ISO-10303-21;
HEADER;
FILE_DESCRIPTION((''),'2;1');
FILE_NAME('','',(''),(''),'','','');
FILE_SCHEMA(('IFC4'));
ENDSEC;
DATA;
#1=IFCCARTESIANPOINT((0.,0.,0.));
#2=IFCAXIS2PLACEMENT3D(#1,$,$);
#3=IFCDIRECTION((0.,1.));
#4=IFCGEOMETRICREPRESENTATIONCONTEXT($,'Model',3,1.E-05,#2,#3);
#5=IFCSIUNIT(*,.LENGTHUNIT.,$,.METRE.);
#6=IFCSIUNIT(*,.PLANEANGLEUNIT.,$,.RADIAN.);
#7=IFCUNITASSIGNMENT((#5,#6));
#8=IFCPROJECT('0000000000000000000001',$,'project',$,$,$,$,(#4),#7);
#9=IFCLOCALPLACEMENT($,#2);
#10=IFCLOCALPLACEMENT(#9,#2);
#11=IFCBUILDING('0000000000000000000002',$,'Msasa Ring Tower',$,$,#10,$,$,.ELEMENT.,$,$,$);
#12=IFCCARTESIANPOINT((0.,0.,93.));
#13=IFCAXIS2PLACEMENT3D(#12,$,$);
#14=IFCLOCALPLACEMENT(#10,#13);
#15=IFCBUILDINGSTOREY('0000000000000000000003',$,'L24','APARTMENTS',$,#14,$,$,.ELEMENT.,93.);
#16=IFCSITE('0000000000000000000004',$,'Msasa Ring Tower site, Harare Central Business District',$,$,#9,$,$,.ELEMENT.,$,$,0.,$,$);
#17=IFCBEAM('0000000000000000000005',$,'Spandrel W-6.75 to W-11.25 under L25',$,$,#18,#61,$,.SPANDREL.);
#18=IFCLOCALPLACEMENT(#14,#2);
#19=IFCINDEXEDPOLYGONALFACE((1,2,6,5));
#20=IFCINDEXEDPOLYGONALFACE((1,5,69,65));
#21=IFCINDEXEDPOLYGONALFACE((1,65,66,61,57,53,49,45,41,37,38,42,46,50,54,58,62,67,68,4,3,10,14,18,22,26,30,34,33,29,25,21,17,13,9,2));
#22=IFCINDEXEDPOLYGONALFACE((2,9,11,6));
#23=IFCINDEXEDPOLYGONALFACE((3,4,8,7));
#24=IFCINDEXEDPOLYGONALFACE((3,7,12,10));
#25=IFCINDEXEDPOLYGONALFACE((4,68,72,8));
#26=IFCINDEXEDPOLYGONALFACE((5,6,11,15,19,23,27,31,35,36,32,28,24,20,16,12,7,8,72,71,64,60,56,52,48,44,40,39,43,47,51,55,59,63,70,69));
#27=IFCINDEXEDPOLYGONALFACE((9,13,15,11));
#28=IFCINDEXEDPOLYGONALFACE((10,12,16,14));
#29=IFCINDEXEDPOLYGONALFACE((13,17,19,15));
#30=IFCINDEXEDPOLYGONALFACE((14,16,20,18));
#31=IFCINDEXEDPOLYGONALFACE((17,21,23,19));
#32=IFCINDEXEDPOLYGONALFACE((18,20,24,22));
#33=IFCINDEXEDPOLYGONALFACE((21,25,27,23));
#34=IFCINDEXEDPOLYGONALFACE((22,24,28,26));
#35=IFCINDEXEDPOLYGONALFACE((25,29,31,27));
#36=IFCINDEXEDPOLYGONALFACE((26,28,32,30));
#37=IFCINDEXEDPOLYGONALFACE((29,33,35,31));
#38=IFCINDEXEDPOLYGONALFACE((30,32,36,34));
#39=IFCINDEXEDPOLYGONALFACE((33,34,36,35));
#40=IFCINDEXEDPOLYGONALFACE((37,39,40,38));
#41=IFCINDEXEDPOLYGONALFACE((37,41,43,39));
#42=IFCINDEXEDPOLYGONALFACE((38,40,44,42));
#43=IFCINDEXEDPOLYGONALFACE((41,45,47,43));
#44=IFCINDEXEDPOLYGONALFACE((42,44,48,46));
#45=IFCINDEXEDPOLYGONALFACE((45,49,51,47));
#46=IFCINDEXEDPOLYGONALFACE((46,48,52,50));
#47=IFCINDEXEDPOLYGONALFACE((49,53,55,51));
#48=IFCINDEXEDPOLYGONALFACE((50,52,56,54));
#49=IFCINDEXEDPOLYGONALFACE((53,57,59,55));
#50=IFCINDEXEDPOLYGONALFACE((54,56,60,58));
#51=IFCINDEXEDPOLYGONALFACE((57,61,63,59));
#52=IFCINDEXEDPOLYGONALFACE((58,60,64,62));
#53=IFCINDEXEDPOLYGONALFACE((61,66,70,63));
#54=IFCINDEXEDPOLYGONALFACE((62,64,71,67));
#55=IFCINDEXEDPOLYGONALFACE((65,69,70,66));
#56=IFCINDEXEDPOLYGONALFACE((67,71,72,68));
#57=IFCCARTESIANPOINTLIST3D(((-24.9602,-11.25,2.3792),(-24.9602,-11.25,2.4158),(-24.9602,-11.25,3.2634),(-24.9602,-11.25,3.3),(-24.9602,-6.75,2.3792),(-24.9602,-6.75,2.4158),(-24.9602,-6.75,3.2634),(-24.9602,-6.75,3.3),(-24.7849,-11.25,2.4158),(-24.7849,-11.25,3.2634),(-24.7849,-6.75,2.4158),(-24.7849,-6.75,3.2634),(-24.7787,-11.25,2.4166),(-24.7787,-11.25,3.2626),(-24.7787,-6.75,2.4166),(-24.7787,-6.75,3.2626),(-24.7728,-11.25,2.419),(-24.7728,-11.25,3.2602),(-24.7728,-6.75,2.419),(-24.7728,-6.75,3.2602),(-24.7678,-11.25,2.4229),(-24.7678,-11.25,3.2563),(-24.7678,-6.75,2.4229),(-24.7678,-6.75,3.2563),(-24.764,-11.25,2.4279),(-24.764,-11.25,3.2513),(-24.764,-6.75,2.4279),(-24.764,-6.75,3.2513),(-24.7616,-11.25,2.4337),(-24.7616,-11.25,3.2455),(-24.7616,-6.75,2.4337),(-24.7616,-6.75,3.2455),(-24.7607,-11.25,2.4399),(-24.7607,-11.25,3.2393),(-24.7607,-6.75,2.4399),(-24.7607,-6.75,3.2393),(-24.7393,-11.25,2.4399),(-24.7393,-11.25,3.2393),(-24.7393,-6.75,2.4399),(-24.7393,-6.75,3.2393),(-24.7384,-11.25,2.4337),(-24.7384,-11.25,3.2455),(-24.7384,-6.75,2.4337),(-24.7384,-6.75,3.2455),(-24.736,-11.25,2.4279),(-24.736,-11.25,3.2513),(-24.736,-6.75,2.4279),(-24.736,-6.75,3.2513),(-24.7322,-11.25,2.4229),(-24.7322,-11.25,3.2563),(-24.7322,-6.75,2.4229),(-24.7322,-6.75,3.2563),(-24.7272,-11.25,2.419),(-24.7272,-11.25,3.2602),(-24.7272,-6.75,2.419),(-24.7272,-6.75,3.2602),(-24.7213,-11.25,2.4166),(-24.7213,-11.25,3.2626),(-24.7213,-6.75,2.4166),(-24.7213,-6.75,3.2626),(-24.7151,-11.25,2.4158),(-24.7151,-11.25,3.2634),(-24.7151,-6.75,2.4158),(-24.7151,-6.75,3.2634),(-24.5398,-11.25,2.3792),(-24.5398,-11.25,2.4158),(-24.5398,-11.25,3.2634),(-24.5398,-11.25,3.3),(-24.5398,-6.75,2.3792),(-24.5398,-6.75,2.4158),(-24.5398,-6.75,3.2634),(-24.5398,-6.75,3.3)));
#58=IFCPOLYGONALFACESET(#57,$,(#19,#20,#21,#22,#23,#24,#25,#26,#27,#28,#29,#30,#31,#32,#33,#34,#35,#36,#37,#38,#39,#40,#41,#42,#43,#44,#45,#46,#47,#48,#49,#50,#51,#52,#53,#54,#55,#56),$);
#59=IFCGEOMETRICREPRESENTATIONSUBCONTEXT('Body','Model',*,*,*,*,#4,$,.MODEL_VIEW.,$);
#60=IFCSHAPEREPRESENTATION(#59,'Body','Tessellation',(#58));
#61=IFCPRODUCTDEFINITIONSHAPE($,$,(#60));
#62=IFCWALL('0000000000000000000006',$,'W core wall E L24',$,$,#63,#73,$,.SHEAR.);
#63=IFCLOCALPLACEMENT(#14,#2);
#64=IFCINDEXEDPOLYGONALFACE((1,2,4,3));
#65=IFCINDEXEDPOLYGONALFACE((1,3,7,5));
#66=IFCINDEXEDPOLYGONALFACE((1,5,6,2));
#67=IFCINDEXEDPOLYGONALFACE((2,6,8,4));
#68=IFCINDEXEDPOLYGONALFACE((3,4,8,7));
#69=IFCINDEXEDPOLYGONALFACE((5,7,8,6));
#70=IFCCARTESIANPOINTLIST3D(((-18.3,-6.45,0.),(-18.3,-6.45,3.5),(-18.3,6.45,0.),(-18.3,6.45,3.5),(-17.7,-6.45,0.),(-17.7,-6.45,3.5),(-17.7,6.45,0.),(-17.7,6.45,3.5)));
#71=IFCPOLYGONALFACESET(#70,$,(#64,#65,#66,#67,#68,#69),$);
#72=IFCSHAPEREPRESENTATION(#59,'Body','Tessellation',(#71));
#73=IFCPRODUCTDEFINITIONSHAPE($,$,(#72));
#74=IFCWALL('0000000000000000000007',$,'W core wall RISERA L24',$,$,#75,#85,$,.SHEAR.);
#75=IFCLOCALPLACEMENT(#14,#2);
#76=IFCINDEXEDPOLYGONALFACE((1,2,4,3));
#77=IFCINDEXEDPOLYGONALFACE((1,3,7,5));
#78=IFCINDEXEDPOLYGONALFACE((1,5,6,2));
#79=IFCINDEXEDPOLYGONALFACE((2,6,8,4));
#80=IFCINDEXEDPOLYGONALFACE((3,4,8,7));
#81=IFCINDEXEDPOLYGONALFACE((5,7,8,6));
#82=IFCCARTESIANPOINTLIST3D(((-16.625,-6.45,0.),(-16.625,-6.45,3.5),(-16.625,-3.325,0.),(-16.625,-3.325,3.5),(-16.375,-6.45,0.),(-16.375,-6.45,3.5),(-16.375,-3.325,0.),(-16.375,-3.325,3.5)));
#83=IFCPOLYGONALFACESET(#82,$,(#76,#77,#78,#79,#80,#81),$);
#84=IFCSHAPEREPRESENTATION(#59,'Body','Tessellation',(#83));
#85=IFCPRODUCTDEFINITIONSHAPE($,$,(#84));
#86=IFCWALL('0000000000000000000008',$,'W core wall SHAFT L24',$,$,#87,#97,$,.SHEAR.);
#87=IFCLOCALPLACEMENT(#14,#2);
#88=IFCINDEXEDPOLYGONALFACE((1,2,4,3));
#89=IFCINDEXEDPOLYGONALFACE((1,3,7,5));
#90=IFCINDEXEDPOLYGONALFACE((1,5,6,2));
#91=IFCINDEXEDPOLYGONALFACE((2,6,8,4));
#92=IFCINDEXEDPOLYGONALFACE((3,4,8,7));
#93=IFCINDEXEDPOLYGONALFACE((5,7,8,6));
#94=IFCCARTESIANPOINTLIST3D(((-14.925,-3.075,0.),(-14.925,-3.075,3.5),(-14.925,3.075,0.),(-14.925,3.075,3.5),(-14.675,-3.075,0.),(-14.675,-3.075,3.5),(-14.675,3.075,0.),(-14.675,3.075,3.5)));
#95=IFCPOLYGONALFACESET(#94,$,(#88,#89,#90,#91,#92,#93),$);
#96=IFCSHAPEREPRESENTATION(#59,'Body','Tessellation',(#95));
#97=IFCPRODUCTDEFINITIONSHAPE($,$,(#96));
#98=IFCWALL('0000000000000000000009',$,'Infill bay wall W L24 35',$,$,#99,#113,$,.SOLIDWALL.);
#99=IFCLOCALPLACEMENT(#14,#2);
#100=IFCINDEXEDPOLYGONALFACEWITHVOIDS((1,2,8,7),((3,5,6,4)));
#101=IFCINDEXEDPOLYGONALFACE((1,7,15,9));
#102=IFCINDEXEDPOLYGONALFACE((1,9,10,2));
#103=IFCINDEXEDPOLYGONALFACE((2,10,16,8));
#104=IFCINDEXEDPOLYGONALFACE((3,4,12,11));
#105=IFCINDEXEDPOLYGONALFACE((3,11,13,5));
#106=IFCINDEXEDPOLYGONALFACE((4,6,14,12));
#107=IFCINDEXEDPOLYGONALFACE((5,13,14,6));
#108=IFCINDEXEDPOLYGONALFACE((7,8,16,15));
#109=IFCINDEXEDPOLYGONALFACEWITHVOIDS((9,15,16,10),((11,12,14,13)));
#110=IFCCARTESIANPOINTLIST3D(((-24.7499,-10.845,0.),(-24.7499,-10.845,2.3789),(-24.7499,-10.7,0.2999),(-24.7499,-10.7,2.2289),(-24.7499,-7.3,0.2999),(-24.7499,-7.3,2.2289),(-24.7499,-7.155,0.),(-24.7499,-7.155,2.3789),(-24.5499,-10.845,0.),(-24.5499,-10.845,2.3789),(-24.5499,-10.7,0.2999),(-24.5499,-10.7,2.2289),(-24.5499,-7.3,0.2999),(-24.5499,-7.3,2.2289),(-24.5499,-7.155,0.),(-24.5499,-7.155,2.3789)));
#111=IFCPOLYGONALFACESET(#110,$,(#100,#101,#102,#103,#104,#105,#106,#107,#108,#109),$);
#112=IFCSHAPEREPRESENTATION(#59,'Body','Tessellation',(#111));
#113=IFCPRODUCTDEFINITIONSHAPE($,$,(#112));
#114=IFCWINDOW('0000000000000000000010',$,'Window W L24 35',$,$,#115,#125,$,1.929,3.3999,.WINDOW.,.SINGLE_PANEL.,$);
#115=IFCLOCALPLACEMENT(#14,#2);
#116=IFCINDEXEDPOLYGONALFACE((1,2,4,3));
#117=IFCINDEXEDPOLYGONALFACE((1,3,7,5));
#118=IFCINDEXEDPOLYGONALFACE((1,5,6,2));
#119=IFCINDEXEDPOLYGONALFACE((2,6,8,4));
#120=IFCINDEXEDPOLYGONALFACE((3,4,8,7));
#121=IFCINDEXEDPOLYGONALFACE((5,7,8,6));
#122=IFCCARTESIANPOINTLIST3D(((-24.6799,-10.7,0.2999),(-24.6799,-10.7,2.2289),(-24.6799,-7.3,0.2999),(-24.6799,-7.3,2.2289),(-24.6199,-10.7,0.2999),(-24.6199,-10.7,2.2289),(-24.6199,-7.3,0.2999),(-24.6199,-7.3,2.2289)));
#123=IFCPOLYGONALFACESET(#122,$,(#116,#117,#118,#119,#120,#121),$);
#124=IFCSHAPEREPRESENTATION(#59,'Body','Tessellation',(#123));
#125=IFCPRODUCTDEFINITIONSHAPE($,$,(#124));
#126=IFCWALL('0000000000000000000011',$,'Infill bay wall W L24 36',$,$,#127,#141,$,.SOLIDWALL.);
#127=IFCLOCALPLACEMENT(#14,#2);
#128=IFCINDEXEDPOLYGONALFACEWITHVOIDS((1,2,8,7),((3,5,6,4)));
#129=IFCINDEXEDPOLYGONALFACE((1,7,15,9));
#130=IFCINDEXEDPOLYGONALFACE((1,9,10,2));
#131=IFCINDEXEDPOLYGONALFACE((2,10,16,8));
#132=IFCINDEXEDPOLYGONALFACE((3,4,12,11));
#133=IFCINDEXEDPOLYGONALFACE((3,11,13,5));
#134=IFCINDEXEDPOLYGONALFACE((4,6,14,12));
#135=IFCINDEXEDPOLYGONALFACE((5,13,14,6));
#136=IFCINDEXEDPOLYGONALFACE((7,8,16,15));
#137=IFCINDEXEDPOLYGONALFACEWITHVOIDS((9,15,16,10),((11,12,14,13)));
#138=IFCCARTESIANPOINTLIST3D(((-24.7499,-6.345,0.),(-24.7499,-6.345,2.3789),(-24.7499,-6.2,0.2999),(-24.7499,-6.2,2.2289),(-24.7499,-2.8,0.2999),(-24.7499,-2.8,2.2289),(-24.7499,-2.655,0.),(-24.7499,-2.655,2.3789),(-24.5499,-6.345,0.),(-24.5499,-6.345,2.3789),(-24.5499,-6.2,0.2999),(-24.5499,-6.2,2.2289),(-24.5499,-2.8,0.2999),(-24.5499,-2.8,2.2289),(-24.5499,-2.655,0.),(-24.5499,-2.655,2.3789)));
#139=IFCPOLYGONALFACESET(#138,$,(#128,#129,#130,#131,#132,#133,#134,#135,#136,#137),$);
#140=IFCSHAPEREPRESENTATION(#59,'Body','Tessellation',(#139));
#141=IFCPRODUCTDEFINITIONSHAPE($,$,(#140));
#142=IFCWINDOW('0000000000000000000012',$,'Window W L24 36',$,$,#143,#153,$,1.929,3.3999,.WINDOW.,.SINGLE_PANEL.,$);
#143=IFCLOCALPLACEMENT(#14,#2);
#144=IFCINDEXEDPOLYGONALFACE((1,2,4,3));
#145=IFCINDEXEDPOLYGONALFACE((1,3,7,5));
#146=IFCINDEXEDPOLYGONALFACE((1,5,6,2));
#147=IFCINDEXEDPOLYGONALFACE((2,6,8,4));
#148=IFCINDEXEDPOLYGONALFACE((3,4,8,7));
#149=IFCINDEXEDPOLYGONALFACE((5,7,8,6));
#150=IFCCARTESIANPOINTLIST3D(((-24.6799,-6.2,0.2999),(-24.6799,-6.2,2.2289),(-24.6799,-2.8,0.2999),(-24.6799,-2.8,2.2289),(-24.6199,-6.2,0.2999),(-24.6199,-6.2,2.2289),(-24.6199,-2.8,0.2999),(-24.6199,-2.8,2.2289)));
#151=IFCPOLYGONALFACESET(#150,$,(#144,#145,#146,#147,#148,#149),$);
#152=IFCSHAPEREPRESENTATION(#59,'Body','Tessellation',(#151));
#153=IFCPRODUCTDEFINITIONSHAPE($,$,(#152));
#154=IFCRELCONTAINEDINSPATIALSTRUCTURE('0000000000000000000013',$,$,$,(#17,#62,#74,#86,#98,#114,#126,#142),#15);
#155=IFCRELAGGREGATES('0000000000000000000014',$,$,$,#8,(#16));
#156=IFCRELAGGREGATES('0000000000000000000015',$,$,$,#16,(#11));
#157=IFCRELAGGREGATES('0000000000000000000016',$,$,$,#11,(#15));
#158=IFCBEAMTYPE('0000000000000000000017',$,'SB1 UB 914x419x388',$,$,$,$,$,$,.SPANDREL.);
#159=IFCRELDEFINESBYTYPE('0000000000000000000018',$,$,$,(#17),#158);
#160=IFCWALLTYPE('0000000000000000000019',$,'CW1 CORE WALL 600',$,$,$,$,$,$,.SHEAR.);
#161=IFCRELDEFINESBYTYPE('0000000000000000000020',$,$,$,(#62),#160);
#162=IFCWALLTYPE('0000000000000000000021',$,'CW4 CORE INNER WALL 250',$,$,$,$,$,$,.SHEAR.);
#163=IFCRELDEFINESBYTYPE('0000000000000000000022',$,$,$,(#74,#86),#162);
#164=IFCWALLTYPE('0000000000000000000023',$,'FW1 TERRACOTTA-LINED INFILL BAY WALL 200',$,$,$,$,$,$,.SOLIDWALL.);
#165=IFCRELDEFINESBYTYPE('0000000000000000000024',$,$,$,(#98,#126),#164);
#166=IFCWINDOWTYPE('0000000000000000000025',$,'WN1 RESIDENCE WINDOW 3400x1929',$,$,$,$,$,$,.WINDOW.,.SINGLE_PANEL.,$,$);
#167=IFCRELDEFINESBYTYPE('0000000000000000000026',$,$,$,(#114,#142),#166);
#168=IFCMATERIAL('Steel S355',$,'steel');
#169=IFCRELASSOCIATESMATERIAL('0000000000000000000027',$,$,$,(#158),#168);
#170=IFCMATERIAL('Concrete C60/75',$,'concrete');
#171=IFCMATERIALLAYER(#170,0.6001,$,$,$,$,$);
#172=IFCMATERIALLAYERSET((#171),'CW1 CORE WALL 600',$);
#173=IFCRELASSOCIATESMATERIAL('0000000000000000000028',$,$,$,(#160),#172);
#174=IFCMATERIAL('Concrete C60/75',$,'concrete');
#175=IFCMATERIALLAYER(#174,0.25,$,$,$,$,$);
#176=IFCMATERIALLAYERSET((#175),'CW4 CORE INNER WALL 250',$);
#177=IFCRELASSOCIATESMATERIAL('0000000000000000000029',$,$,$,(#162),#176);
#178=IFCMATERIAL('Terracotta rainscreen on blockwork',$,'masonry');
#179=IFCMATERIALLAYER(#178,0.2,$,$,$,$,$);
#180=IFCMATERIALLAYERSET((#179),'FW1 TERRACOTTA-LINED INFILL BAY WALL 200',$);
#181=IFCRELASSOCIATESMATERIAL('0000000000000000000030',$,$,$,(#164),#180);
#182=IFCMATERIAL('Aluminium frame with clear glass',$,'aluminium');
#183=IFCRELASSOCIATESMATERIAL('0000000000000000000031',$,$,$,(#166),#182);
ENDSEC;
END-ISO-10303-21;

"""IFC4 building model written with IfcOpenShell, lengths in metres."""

from ifc_helpers import new_model, si_unit, direction, frame, frame_2d, origin, origin_2d, place, context, subcontext, project, spatial, rectangle, i_section, extrude, material, layer, layer_set, material_profile, profile_set, type_object, element, fill, save


model = new_model("IFC4")

# Units and contexts
model_context = context("Model", 3, precision=1e-05, world=origin(), true_north=direction((0.0, 1.0)))
body_context = subcontext(model_context, "Body", "Model", "MODEL_VIEW")
ifc_project = project(units=[si_unit("LENGTHUNIT", "METRE"), si_unit("PLANEANGLEUNIT", "RADIAN")], contexts=[model_context])

# Site, building, storey
site_placement = place(None, origin())
site = spatial("IfcSite", under=ifc_project, at=site_placement, Name="Msasa Ring Tower site, Harare Central Business District", CompositionType="ELEMENT", RefElevation=0.0)
building_placement = place(site_placement, origin())
building = spatial("IfcBuilding", under=site, at=building_placement, Name="Msasa Ring Tower", CompositionType="ELEMENT")
storey_placement = place(building_placement, frame((0.0, 0.0, 93.0)))
storey = spatial("IfcBuildingStorey", under=building, at=storey_placement, Name="L24", Description="APARTMENTS", CompositionType="ELEMENT", Elevation=93.0)

# Beam
ifc_material_1 = material(Name="Steel S355", Category="steel")
ifc_material_profile_1 = material_profile(ifc_material_1, i_section(OverallWidth=0.4204, OverallDepth=0.9209, WebThickness=0.0215, FlangeThickness=0.0366, FilletRadius=0.0242, at=origin_2d()), Name="UB 914x419x388")
ifc_profile_set_1 = profile_set([ifc_material_profile_1], Name="Steel S355")
beam_type_1 = type_object("IfcBeamType", Name="SB1 UB 914x419x388", PredefinedType="SPANDREL", material=ifc_profile_set_1)
for number, where, z_axis, x_axis, name in (
    (1, (-24.75, -6.75, 2.8396), (0.0, -1.0, 0.0), (1.0, 0.0, 0.0), "Spandrel W-6.75 to W-11.25 under L25"),
):
    element("IfcBeam", number, at=place(storey_placement, frame(where, z_axis=z_axis, x_axis=x_axis)), inside=storey, type_object=beam_type_1, Name=name, PredefinedType="SPANDREL", context=body_context, shape_type="SweptSolid", body=[
        extrude(i_section(OverallWidth=0.4204, OverallDepth=0.9209, WebThickness=0.0215, FlangeThickness=0.0366, FilletRadius=0.0242, at=origin_2d()), origin(), (0.0, 0.0, 1.0), 4.5),
    ])

# Walls
ifc_material_2 = material(Name="Concrete C60/75", Category="concrete")
ifc_layer_1 = layer(ifc_material_2, 0.6001)
ifc_layer_set_1 = layer_set([ifc_layer_1], Name="CW1 CORE WALL 600")
wall_type_1 = type_object("IfcWallType", Name="CW1 CORE WALL 600", PredefinedType="SHEAR", material=ifc_layer_set_1)
wall_1_placement = place(storey_placement, frame((-18.0, -6.45, 0.0), z_axis=(0.0, 0.0, 1.0), x_axis=(0.0, 1.0, 0.0)))
element("IfcWall", 2, at=wall_1_placement, inside=storey, type_object=wall_type_1, Name="W core wall E L24", PredefinedType="SHEAR", context=body_context, shape_type="SweptSolid", body=[
    extrude(rectangle(XDim=12.8999, YDim=0.6001, at=frame_2d((6.45, 0.0))), origin(), (0.0, 0.0, 1.0), 3.5),
])
ifc_material_3 = material(Name="Concrete C60/75", Category="concrete")
ifc_layer_2 = layer(ifc_material_3, 0.25)
ifc_layer_set_2 = layer_set([ifc_layer_2], Name="CW4 CORE INNER WALL 250")
wall_type_2 = type_object("IfcWallType", Name="CW4 CORE INNER WALL 250", PredefinedType="SHEAR", material=ifc_layer_set_2)
wall_2_placement = place(storey_placement, frame((-16.5, -6.45, 0.0), z_axis=(0.0, 0.0, 1.0), x_axis=(0.0, 1.0, 0.0)))
element("IfcWall", 3, at=wall_2_placement, inside=storey, type_object=wall_type_2, Name="W core wall RISERA L24", PredefinedType="SHEAR", context=body_context, shape_type="SweptSolid", body=[
    extrude(rectangle(XDim=3.125, YDim=0.25, at=frame_2d((1.5625, 0.0))), origin(), (0.0, 0.0, 1.0), 3.5),
])
wall_3_placement = place(storey_placement, frame((-14.8, -3.075, 0.0), z_axis=(0.0, 0.0, 1.0), x_axis=(0.0, 1.0, 0.0)))
element("IfcWall", 4, at=wall_3_placement, inside=storey, type_object=wall_type_2, Name="W core wall SHAFT L24", PredefinedType="SHEAR", context=body_context, shape_type="SweptSolid", body=[
    extrude(rectangle(XDim=6.1499, YDim=0.25, at=frame_2d((3.075, 0.0))), origin(), (0.0, 0.0, 1.0), 3.5),
])

# Walls, openings, windows
ifc_material_4 = material(Name="Terracotta rainscreen on blockwork", Category="masonry")
ifc_layer_3 = layer(ifc_material_4, 0.2)
ifc_layer_set_3 = layer_set([ifc_layer_3], Name="FW1 TERRACOTTA-LINED INFILL BAY WALL 200")
wall_type_3 = type_object("IfcWallType", Name="FW1 TERRACOTTA-LINED INFILL BAY WALL 200", PredefinedType="SOLIDWALL", material=ifc_layer_set_3)
wall_4_placement = place(storey_placement, frame((-24.6499, -10.845, 0.0), z_axis=(0.0, 0.0, 1.0), x_axis=(0.0, 1.0, 0.0)))
wall_4 = element("IfcWall", 5, at=wall_4_placement, inside=storey, type_object=wall_type_3, Name="Infill bay wall W L24 35", PredefinedType="SOLIDWALL", context=body_context, shape_type="SweptSolid", body=[
    extrude(rectangle(XDim=3.6899, YDim=0.2, at=frame_2d((1.845, 0.0))), origin(), (0.0, 0.0, 1.0), 2.3789),
])
opening_1_placement = place(wall_4_placement, frame((0.145, 0.0, 0.3)))
opening_1 = element("IfcOpeningElement", 6, at=opening_1_placement, cuts=wall_4, PredefinedType="OPENING", context=body_context, shape_type="SweptSolid", body=[
    extrude(rectangle(XDim=3.3999, YDim=1.929, at=frame_2d((1.7, 0.9644))), frame((0.0, 0.1099, 0.0), z_axis=(0.0, -1.0, 0.0), x_axis=(1.0, 0.0, 0.0)), (0.0, 0.0, 1.0), 0.22),
])
ifc_material_5 = material(Name="Aluminium frame with clear glass", Category="aluminium")
window_type = type_object("IfcWindowType", Name="WN1 RESIDENCE WINDOW 3400x1929", PartitioningType="SINGLE_PANEL", PredefinedType="WINDOW", material=ifc_material_5)
window_1_placement = place(opening_1_placement, origin())
window_1 = element("IfcWindow", 7, at=window_1_placement, inside=storey, type_object=window_type, Name="Window W L24 35", OverallHeight=1.929, OverallWidth=3.3999, PartitioningType="SINGLE_PANEL", PredefinedType="WINDOW", context=body_context, shape_type="SweptSolid", body=[
    extrude(rectangle(XDim=3.3999, YDim=1.929, at=frame_2d((1.7, 0.9644))), frame((0.0, 0.03, 0.0), z_axis=(0.0, -1.0, 0.0), x_axis=(1.0, 0.0, 0.0)), (0.0, 0.0, 1.0), 0.0601),
])
fill(opening_1, window_1)
wall_5_placement = place(storey_placement, frame((-24.6499, -6.345, 0.0), z_axis=(0.0, 0.0, 1.0), x_axis=(0.0, 1.0, 0.0)))
wall_5 = element("IfcWall", 8, at=wall_5_placement, inside=storey, type_object=wall_type_3, Name="Infill bay wall W L24 36", PredefinedType="SOLIDWALL", context=body_context, shape_type="SweptSolid", body=[
    extrude(rectangle(XDim=3.6899, YDim=0.2, at=frame_2d((1.845, 0.0))), origin(), (0.0, 0.0, 1.0), 2.3789),
])
opening_2_placement = place(wall_5_placement, frame((0.145, 0.0, 0.3)))
opening_2 = element("IfcOpeningElement", 9, at=opening_2_placement, cuts=wall_5, PredefinedType="OPENING", context=body_context, shape_type="SweptSolid", body=[
    extrude(rectangle(XDim=3.3999, YDim=1.929, at=frame_2d((1.7, 0.9644))), frame((0.0, 0.1099, 0.0), z_axis=(0.0, -1.0, 0.0), x_axis=(1.0, 0.0, 0.0)), (0.0, 0.0, 1.0), 0.22),
])
window_2_placement = place(opening_2_placement, origin())
window_2 = element("IfcWindow", 10, at=window_2_placement, inside=storey, type_object=window_type, Name="Window W L24 36", OverallHeight=1.929, OverallWidth=3.3999, PartitioningType="SINGLE_PANEL", PredefinedType="WINDOW", context=body_context, shape_type="SweptSolid", body=[
    extrude(rectangle(XDim=3.3999, YDim=1.929, at=frame_2d((1.7, 0.9644))), frame((0.0, 0.03, 0.0), z_axis=(0.0, -1.0, 0.0), x_axis=(1.0, 0.0, 0.0)), (0.0, 0.0, 1.0), 0.0601),
])
fill(opening_2, window_2)

save(model, "model.ifc")
